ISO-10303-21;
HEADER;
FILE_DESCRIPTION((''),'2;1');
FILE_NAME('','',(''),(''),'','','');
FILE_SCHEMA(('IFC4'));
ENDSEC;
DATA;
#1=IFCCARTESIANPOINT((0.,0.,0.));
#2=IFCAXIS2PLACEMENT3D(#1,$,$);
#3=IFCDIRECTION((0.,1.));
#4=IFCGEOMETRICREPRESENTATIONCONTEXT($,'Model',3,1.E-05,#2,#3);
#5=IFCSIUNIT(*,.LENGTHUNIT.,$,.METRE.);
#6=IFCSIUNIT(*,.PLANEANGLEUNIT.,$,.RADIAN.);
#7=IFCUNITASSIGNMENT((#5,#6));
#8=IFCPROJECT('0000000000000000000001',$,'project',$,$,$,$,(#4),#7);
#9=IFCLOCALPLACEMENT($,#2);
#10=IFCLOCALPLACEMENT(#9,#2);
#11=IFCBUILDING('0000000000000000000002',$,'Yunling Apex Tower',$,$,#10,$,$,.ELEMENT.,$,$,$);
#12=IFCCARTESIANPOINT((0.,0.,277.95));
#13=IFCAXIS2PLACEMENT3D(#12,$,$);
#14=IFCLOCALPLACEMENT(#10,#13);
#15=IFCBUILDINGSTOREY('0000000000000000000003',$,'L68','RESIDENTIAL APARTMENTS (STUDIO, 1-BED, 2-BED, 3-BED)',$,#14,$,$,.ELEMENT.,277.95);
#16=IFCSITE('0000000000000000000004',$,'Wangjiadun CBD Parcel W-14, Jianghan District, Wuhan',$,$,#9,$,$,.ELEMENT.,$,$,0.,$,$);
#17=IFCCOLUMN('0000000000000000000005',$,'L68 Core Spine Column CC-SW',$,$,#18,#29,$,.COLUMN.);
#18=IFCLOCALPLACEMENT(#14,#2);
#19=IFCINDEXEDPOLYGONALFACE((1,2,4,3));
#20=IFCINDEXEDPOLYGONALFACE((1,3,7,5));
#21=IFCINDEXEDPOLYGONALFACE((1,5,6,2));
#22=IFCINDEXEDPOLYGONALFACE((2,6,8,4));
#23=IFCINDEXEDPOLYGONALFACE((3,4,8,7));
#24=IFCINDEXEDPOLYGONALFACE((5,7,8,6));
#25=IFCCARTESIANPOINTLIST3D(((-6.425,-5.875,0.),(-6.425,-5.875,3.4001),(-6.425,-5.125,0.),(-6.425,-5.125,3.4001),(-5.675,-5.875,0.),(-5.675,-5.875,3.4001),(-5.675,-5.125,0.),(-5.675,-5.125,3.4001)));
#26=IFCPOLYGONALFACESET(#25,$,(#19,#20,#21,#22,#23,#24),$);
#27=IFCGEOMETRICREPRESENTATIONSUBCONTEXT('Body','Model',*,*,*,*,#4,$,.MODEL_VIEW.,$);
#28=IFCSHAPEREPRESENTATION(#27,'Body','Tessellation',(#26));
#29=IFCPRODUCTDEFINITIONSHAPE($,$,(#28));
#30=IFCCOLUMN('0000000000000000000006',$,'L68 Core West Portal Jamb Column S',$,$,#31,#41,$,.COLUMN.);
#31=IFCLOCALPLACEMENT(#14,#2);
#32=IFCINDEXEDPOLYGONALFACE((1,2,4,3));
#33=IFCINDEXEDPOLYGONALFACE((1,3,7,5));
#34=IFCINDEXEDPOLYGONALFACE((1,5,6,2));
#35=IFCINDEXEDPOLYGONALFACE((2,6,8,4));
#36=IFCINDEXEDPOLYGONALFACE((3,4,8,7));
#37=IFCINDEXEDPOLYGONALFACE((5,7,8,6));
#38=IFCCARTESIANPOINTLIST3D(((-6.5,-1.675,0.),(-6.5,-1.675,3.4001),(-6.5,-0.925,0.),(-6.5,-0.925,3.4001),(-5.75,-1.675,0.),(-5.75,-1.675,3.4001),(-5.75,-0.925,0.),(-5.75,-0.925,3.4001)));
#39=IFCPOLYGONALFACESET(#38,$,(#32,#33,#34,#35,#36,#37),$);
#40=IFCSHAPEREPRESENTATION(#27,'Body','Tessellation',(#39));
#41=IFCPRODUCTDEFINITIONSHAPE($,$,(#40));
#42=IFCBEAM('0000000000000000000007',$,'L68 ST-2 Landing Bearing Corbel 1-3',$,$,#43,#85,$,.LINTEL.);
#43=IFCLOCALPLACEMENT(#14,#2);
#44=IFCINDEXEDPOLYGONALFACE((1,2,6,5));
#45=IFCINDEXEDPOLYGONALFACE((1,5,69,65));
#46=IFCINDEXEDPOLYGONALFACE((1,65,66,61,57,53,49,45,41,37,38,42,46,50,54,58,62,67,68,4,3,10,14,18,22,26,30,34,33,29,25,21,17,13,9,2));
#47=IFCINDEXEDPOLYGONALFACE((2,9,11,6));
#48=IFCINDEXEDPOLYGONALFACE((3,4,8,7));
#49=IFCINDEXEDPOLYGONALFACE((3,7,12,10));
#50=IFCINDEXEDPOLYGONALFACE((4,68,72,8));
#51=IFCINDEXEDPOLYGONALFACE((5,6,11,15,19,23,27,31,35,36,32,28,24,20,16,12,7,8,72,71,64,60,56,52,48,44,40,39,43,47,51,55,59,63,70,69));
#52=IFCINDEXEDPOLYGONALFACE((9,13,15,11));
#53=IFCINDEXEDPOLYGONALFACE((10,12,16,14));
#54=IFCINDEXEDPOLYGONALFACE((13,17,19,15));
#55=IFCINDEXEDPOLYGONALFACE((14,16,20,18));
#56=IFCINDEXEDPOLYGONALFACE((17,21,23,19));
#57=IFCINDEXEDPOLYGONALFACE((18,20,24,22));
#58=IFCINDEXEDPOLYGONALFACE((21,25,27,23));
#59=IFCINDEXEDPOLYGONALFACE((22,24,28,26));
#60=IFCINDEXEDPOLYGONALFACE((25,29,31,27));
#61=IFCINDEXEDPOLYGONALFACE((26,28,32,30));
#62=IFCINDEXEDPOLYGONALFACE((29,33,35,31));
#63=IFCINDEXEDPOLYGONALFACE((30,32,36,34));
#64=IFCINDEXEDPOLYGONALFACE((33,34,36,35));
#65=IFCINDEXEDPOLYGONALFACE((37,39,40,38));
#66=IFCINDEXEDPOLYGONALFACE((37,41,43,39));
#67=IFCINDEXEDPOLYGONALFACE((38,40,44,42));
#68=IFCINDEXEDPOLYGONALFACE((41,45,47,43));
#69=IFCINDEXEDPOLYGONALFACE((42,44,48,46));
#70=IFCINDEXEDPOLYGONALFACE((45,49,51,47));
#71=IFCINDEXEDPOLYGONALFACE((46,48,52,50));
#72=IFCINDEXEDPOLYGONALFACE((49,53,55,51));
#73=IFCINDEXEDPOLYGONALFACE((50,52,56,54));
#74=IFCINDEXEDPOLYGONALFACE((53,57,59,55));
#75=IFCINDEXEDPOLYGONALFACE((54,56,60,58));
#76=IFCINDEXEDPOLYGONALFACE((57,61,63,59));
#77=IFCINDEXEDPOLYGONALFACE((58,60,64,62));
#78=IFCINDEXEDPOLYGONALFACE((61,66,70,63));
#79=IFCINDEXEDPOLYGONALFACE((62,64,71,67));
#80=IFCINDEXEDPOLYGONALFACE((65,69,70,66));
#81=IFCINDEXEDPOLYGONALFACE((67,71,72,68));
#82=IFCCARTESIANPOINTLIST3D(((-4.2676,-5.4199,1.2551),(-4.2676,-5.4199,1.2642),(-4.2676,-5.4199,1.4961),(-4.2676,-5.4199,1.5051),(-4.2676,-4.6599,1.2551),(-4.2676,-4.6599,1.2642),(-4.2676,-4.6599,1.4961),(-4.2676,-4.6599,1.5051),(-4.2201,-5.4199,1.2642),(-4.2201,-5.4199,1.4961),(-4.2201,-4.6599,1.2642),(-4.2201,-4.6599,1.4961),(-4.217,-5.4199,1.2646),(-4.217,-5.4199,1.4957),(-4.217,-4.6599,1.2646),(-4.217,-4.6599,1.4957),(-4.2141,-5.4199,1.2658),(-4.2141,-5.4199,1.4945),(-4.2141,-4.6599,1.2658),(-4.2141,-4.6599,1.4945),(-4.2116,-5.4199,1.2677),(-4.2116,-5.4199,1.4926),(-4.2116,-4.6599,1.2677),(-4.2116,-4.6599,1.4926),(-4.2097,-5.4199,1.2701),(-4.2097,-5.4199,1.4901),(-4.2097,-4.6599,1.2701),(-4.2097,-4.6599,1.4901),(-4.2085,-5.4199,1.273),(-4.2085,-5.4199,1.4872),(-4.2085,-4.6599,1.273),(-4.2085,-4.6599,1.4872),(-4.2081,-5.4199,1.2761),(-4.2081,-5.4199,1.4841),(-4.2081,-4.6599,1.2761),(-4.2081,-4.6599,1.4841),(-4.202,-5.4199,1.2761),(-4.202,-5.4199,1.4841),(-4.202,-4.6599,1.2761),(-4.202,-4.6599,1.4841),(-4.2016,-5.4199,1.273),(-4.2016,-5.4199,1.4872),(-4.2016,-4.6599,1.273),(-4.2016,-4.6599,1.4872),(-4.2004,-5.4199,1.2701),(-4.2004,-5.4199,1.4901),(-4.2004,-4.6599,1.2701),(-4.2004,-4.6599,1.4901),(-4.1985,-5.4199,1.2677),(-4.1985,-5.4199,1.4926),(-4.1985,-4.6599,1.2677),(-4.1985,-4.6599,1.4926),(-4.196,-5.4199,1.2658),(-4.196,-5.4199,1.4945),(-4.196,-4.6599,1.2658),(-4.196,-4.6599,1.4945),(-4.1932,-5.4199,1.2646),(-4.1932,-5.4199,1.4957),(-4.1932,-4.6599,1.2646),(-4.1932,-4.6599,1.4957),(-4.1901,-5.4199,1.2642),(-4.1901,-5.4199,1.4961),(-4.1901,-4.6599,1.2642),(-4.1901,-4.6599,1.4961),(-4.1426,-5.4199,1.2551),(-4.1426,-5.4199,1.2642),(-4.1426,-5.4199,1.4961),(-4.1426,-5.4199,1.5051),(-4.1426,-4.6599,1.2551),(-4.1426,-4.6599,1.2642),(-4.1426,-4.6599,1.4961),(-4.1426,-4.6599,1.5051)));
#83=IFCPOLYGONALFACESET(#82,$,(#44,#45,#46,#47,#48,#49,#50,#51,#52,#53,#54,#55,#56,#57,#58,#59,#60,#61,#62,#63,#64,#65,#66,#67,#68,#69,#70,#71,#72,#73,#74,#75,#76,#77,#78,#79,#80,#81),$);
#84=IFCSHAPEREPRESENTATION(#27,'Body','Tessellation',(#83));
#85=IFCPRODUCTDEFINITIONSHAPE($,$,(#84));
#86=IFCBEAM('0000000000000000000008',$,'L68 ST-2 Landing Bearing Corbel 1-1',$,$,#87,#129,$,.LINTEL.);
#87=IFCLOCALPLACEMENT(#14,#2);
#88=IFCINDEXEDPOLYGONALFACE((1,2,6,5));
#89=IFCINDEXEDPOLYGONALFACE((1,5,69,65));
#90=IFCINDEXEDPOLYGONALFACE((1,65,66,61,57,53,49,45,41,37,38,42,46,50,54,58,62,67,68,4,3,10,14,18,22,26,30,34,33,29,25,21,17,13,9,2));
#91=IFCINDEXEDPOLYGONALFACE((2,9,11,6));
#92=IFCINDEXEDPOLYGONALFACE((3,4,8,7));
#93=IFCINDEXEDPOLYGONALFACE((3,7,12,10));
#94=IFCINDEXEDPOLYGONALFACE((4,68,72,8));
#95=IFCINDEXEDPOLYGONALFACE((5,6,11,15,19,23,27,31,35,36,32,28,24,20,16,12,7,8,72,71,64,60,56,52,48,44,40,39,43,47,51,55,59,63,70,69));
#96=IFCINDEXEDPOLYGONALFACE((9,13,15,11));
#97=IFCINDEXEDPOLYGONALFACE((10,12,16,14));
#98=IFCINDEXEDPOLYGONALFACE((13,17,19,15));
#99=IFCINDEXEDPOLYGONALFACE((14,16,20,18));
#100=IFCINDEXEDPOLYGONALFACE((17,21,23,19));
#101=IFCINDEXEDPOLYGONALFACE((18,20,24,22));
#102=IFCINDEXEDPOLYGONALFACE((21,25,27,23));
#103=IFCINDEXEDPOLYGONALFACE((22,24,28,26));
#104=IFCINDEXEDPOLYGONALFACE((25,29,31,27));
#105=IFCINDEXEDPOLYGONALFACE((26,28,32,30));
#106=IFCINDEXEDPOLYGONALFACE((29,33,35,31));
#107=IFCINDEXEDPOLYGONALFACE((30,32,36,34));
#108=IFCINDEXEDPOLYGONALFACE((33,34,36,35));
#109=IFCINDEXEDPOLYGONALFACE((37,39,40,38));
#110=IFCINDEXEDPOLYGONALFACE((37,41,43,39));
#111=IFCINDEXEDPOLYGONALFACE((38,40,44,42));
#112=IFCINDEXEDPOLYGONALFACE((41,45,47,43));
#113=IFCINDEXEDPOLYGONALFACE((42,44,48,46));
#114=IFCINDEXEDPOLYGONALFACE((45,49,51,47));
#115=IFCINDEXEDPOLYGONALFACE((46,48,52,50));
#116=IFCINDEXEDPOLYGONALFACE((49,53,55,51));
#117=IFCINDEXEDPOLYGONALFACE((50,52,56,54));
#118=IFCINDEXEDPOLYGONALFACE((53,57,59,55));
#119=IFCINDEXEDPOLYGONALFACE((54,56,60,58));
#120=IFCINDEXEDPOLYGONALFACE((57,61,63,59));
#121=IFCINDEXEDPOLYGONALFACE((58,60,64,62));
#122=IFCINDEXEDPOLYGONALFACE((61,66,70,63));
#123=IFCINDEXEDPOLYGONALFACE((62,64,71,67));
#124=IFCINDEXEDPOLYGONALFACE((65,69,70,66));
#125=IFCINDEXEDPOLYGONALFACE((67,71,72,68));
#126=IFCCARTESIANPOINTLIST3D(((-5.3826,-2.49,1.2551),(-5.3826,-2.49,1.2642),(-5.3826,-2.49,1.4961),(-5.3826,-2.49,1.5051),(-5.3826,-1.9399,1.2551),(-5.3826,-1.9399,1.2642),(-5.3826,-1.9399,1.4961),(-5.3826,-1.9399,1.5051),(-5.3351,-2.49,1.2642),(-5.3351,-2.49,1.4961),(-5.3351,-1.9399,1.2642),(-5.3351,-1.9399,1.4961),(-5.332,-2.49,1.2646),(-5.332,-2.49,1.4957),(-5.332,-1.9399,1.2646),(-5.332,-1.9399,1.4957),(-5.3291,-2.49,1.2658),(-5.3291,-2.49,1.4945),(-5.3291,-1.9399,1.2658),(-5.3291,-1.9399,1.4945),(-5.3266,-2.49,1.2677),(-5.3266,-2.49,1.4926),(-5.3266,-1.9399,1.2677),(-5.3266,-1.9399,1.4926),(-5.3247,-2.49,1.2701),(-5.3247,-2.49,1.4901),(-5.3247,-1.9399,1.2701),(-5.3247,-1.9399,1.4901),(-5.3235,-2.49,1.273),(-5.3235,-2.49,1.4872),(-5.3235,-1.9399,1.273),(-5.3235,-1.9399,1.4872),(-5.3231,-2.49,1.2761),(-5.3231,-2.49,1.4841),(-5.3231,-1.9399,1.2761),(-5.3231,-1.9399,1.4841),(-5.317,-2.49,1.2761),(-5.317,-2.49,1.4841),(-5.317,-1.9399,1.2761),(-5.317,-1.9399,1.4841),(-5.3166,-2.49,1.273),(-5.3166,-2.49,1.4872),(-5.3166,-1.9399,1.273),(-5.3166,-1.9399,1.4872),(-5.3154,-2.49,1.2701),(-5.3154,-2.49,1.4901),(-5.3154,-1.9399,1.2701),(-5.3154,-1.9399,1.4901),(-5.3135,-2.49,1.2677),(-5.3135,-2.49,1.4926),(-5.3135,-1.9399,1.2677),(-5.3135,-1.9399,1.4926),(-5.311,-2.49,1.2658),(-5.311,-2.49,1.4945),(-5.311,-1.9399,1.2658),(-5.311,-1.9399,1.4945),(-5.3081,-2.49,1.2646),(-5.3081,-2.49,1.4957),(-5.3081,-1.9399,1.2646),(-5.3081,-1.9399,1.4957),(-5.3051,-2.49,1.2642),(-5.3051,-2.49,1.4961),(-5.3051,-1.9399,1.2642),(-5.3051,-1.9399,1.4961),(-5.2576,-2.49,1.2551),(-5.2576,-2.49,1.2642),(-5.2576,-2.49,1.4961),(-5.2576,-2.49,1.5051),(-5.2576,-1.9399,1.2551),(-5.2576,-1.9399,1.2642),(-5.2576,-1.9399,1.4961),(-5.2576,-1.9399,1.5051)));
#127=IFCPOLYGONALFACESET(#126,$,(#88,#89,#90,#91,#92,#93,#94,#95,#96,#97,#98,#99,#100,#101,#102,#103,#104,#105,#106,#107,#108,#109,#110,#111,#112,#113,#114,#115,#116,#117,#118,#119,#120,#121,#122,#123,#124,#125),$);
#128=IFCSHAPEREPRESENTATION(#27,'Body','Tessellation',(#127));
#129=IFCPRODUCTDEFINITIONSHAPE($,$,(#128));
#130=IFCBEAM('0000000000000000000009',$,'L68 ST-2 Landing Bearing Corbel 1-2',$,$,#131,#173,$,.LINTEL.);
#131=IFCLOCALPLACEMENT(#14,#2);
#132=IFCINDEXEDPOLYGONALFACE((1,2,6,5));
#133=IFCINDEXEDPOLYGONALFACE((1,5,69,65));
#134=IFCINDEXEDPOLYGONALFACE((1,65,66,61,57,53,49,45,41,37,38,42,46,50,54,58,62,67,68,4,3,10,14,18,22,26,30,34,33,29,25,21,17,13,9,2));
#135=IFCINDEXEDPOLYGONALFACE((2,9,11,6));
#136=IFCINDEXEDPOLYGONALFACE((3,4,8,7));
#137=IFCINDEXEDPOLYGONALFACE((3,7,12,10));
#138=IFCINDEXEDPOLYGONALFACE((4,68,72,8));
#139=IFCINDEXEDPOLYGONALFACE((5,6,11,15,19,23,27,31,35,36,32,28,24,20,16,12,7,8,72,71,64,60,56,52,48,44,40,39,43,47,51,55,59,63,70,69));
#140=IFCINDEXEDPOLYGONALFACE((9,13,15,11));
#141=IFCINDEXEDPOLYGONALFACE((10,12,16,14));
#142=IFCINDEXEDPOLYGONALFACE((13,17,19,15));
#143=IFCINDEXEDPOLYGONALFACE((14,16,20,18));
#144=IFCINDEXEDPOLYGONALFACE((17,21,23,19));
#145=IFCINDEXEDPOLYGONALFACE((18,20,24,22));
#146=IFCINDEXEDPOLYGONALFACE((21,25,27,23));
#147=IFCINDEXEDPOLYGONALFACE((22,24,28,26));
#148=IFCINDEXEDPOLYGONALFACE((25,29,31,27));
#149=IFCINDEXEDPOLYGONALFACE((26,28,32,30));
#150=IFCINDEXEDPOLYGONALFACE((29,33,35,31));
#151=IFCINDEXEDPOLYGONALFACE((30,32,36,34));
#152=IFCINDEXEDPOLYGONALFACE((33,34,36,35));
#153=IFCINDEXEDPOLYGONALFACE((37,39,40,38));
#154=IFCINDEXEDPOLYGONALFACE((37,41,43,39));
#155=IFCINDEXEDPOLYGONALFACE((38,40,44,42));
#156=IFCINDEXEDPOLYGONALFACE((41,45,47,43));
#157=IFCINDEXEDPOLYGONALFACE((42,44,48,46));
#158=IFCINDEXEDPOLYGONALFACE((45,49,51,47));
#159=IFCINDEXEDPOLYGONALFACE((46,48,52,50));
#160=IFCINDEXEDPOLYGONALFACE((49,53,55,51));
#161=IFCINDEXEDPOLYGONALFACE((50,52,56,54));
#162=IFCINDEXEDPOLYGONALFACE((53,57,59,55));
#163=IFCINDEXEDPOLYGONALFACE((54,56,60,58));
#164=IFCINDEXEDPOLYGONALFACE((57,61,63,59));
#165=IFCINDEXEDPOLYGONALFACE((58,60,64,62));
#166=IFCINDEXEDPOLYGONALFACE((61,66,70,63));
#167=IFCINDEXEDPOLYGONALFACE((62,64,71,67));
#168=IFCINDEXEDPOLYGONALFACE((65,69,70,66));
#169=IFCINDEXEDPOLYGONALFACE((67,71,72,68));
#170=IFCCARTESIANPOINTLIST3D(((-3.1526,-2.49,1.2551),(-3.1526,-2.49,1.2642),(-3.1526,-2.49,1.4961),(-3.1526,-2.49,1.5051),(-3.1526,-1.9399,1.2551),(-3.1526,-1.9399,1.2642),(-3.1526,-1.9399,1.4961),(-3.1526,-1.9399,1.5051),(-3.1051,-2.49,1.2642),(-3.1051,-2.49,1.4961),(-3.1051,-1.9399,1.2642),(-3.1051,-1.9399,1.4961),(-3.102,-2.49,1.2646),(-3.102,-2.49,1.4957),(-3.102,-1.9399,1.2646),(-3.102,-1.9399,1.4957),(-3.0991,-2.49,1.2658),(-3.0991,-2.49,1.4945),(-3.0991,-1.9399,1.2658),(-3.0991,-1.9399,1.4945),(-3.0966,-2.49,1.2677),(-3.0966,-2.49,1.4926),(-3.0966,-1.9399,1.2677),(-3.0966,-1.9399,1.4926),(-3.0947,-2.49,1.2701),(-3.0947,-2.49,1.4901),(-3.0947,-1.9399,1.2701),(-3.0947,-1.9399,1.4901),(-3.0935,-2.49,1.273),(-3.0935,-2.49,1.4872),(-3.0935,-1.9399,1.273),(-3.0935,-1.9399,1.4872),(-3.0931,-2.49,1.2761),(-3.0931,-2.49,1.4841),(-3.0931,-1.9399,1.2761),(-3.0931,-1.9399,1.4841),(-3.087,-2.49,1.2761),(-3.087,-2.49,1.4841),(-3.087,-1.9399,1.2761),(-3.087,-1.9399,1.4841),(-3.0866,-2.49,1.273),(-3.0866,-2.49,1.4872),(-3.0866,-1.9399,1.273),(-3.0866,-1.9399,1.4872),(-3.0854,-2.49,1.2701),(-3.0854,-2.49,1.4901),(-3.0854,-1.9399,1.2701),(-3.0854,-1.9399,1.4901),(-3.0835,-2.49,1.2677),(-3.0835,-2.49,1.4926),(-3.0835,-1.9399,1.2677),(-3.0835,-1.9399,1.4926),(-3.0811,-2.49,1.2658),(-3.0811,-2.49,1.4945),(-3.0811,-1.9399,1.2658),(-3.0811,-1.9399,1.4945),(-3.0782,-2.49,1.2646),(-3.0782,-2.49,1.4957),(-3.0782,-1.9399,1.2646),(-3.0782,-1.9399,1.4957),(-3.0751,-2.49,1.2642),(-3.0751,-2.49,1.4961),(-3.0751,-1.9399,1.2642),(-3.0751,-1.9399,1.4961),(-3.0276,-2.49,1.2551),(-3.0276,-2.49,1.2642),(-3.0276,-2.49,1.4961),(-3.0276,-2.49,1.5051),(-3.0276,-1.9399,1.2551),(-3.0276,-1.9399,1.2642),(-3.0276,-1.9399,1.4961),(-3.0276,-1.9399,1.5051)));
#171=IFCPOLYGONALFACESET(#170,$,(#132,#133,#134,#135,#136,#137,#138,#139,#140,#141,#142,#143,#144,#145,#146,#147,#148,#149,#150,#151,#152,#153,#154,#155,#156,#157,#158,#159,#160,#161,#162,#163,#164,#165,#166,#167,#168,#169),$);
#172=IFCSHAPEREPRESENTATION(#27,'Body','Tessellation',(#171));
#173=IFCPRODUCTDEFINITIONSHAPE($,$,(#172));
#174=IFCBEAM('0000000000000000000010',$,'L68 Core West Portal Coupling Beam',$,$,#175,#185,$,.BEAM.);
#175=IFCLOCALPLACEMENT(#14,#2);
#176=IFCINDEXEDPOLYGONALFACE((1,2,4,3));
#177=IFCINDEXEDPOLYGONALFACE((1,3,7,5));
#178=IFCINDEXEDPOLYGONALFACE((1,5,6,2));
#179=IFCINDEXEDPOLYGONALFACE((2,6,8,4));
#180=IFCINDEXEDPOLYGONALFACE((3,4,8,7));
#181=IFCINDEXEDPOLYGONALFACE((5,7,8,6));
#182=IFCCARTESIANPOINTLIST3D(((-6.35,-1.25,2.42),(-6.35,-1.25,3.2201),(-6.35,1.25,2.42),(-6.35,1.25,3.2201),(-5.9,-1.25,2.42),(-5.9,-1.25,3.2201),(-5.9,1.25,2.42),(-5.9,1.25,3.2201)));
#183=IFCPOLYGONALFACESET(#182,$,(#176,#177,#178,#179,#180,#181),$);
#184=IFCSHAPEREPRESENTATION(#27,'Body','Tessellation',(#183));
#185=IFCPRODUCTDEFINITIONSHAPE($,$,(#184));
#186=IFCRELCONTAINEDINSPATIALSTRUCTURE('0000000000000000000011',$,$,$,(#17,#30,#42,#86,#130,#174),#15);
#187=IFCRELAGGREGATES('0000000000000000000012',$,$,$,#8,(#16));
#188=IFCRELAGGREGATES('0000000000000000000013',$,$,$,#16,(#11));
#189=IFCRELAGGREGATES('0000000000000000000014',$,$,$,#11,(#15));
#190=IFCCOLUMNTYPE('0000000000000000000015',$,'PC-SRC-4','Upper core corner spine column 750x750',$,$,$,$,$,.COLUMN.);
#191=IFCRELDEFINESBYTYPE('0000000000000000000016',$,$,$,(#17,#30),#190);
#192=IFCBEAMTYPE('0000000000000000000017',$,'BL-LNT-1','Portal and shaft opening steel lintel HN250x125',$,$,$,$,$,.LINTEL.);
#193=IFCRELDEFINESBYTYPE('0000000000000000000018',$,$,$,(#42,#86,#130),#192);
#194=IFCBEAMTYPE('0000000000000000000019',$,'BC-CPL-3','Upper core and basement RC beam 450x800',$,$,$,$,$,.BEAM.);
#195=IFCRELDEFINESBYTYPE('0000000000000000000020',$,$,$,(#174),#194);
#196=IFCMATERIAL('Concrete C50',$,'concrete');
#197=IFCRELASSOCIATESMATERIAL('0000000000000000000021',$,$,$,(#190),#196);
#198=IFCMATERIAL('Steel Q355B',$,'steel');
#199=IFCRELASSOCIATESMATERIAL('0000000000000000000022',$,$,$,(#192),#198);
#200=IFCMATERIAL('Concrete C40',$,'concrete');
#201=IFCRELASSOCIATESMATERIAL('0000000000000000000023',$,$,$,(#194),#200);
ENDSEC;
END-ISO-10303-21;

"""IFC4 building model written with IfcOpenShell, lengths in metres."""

from ifc_helpers import new_model, si_unit, direction, frame, origin, origin_2d, place, context, subcontext, project, spatial, rectangle, i_section, extrude, source, transform, mapped, material, material_profile, profile_set, type_object, element, save


model = new_model("IFC4")

# Units and contexts
model_context = context("Model", 3, precision=1e-05, world=origin(), true_north=direction((0.0, 1.0)))
body_context = subcontext(model_context, "Body", "Model", "MODEL_VIEW")
ifc_project = project(units=[si_unit("LENGTHUNIT", "METRE"), si_unit("PLANEANGLEUNIT", "RADIAN")], contexts=[model_context])

# Site, building, storey
site_placement = place(None, origin())
site = spatial("IfcSite", under=ifc_project, at=site_placement, Name="Wangjiadun CBD Parcel W-14, Jianghan District, Wuhan", CompositionType="ELEMENT", RefElevation=0.0)
building_placement = place(site_placement, origin())
building = spatial("IfcBuilding", under=site, at=building_placement, Name="Yunling Apex Tower", CompositionType="ELEMENT")
storey_placement = place(building_placement, frame((0.0, 0.0, 277.95)))
storey = spatial("IfcBuildingStorey", under=building, at=storey_placement, Name="L68", Description="RESIDENTIAL APARTMENTS (STUDIO, 1-BED, 2-BED, 3-BED)", CompositionType="ELEMENT", Elevation=277.95)

# Columns
ifc_material_1 = material(Name="Concrete C50", Category="concrete")
ifc_material_profile_1 = material_profile(ifc_material_1, rectangle(XDim=0.75, YDim=0.75, at=origin_2d()))
ifc_profile_set_1 = profile_set([ifc_material_profile_1], Name="Concrete C50")
column_type = type_object("IfcColumnType", Name="PC-SRC-4", Description="Upper core corner spine column 750x750", PredefinedType="COLUMN", material=ifc_profile_set_1)
shared_shape_1 = source(origin(), body_context, "Body", "SweptSolid", [
    extrude(rectangle(XDim=0.75, YDim=0.75, at=origin_2d()), origin(), (0.0, 0.0, 1.0), 3.4001),
])
for number, where, z_axis, x_axis, name in (
    (1, (-6.05, -5.5, 0.0), (0.0, 0.0, 1.0), (1.0, 0.0, 0.0), "L68 Core Spine Column CC-SW"),
    (2, (-6.125, -1.3, 0.0), (0.0, 0.0, 1.0), (1.0, 0.0, 0.0), "L68 Core West Portal Jamb Column S"),
):
    element("IfcColumn", number, at=place(storey_placement, frame(where, z_axis=z_axis, x_axis=x_axis)), inside=storey, type_object=column_type, Name=name, PredefinedType="COLUMN", context=body_context, shape_type="MappedRepresentation", body=[
        mapped(shared_shape_1, transform((0.0, 0.0, 0.0), scale=1.0)),
    ])

# Beams
ifc_material_2 = material(Name="Steel Q355B", Category="steel")
ifc_material_profile_2 = material_profile(ifc_material_2, i_section(OverallWidth=0.125, OverallDepth=0.25, WebThickness=0.0061, FlangeThickness=0.009, FilletRadius=0.012, at=origin_2d()))
ifc_profile_set_2 = profile_set([ifc_material_profile_2], Name="Steel Q355B")
beam_type_1 = type_object("IfcBeamType", Name="BL-LNT-1", Description="Portal and shaft opening steel lintel HN250x125", PredefinedType="LINTEL", material=ifc_profile_set_2)
shared_shape_2 = source(origin(), body_context, "Body", "SweptSolid", [
    extrude(i_section(OverallWidth=0.125, OverallDepth=0.25, WebThickness=0.0061, FlangeThickness=0.009, FilletRadius=0.012, at=origin_2d()), origin(), (0.0, 0.0, 1.0), 0.76),
])
beam_1_placement = place(storey_placement, frame((-4.2051, -5.4199, 1.3801), z_axis=(0.0, 1.0, 0.0), x_axis=(-1.0, 0.0, 0.0)))
element("IfcBeam", 3, at=beam_1_placement, inside=storey, type_object=beam_type_1, Name="L68 ST-2 Landing Bearing Corbel 1-3", PredefinedType="LINTEL", context=body_context, shape_type="MappedRepresentation", body=[
    mapped(shared_shape_2, transform((0.0, 0.0, 0.0), scale=1.0)),
])
shared_shape_3 = source(origin(), body_context, "Body", "SweptSolid", [
    extrude(i_section(OverallWidth=0.125, OverallDepth=0.25, WebThickness=0.0061, FlangeThickness=0.009, FilletRadius=0.012, at=origin_2d()), origin(), (0.0, 0.0, 1.0), 0.55),
])
for number, where, z_axis, x_axis, name in (
    (4, (-5.3201, -1.9399, 1.3801), (0.0, -1.0, 0.0), (1.0, 0.0, 0.0), "L68 ST-2 Landing Bearing Corbel 1-1"),
    (5, (-3.0901, -1.9399, 1.3801), (0.0, -1.0, 0.0), (1.0, 0.0, 0.0), "L68 ST-2 Landing Bearing Corbel 1-2"),
):
    element("IfcBeam", number, at=place(storey_placement, frame(where, z_axis=z_axis, x_axis=x_axis)), inside=storey, type_object=beam_type_1, Name=name, PredefinedType="LINTEL", context=body_context, shape_type="MappedRepresentation", body=[
        mapped(shared_shape_3, transform((0.0, 0.0, 0.0), scale=1.0)),
    ])
ifc_material_3 = material(Name="Concrete C40", Category="concrete")
ifc_material_profile_3 = material_profile(ifc_material_3, rectangle(XDim=0.45, YDim=0.8, at=origin_2d()))
ifc_profile_set_3 = profile_set([ifc_material_profile_3], Name="Concrete C40")
beam_type_2 = type_object("IfcBeamType", Name="BC-CPL-3", Description="Upper core and basement RC beam 450x800", PredefinedType="BEAM", material=ifc_profile_set_3)
shared_shape_4 = source(origin(), body_context, "Body", "SweptSolid", [
    extrude(rectangle(XDim=0.45, YDim=0.8, at=origin_2d()), origin(), (0.0, 0.0, 1.0), 2.5),
])
beam_2_placement = place(storey_placement, frame((-6.125, -1.25, 2.8201), z_axis=(0.0, 1.0, 0.0), x_axis=(-1.0, 0.0, 0.0)))
element("IfcBeam", 6, at=beam_2_placement, inside=storey, type_object=beam_type_2, Name="L68 Core West Portal Coupling Beam", PredefinedType="BEAM", context=body_context, shape_type="MappedRepresentation", body=[
    mapped(shared_shape_4, transform((0.0, 0.0, 0.0), scale=1.0)),
])

save(model, "model.ifc")
